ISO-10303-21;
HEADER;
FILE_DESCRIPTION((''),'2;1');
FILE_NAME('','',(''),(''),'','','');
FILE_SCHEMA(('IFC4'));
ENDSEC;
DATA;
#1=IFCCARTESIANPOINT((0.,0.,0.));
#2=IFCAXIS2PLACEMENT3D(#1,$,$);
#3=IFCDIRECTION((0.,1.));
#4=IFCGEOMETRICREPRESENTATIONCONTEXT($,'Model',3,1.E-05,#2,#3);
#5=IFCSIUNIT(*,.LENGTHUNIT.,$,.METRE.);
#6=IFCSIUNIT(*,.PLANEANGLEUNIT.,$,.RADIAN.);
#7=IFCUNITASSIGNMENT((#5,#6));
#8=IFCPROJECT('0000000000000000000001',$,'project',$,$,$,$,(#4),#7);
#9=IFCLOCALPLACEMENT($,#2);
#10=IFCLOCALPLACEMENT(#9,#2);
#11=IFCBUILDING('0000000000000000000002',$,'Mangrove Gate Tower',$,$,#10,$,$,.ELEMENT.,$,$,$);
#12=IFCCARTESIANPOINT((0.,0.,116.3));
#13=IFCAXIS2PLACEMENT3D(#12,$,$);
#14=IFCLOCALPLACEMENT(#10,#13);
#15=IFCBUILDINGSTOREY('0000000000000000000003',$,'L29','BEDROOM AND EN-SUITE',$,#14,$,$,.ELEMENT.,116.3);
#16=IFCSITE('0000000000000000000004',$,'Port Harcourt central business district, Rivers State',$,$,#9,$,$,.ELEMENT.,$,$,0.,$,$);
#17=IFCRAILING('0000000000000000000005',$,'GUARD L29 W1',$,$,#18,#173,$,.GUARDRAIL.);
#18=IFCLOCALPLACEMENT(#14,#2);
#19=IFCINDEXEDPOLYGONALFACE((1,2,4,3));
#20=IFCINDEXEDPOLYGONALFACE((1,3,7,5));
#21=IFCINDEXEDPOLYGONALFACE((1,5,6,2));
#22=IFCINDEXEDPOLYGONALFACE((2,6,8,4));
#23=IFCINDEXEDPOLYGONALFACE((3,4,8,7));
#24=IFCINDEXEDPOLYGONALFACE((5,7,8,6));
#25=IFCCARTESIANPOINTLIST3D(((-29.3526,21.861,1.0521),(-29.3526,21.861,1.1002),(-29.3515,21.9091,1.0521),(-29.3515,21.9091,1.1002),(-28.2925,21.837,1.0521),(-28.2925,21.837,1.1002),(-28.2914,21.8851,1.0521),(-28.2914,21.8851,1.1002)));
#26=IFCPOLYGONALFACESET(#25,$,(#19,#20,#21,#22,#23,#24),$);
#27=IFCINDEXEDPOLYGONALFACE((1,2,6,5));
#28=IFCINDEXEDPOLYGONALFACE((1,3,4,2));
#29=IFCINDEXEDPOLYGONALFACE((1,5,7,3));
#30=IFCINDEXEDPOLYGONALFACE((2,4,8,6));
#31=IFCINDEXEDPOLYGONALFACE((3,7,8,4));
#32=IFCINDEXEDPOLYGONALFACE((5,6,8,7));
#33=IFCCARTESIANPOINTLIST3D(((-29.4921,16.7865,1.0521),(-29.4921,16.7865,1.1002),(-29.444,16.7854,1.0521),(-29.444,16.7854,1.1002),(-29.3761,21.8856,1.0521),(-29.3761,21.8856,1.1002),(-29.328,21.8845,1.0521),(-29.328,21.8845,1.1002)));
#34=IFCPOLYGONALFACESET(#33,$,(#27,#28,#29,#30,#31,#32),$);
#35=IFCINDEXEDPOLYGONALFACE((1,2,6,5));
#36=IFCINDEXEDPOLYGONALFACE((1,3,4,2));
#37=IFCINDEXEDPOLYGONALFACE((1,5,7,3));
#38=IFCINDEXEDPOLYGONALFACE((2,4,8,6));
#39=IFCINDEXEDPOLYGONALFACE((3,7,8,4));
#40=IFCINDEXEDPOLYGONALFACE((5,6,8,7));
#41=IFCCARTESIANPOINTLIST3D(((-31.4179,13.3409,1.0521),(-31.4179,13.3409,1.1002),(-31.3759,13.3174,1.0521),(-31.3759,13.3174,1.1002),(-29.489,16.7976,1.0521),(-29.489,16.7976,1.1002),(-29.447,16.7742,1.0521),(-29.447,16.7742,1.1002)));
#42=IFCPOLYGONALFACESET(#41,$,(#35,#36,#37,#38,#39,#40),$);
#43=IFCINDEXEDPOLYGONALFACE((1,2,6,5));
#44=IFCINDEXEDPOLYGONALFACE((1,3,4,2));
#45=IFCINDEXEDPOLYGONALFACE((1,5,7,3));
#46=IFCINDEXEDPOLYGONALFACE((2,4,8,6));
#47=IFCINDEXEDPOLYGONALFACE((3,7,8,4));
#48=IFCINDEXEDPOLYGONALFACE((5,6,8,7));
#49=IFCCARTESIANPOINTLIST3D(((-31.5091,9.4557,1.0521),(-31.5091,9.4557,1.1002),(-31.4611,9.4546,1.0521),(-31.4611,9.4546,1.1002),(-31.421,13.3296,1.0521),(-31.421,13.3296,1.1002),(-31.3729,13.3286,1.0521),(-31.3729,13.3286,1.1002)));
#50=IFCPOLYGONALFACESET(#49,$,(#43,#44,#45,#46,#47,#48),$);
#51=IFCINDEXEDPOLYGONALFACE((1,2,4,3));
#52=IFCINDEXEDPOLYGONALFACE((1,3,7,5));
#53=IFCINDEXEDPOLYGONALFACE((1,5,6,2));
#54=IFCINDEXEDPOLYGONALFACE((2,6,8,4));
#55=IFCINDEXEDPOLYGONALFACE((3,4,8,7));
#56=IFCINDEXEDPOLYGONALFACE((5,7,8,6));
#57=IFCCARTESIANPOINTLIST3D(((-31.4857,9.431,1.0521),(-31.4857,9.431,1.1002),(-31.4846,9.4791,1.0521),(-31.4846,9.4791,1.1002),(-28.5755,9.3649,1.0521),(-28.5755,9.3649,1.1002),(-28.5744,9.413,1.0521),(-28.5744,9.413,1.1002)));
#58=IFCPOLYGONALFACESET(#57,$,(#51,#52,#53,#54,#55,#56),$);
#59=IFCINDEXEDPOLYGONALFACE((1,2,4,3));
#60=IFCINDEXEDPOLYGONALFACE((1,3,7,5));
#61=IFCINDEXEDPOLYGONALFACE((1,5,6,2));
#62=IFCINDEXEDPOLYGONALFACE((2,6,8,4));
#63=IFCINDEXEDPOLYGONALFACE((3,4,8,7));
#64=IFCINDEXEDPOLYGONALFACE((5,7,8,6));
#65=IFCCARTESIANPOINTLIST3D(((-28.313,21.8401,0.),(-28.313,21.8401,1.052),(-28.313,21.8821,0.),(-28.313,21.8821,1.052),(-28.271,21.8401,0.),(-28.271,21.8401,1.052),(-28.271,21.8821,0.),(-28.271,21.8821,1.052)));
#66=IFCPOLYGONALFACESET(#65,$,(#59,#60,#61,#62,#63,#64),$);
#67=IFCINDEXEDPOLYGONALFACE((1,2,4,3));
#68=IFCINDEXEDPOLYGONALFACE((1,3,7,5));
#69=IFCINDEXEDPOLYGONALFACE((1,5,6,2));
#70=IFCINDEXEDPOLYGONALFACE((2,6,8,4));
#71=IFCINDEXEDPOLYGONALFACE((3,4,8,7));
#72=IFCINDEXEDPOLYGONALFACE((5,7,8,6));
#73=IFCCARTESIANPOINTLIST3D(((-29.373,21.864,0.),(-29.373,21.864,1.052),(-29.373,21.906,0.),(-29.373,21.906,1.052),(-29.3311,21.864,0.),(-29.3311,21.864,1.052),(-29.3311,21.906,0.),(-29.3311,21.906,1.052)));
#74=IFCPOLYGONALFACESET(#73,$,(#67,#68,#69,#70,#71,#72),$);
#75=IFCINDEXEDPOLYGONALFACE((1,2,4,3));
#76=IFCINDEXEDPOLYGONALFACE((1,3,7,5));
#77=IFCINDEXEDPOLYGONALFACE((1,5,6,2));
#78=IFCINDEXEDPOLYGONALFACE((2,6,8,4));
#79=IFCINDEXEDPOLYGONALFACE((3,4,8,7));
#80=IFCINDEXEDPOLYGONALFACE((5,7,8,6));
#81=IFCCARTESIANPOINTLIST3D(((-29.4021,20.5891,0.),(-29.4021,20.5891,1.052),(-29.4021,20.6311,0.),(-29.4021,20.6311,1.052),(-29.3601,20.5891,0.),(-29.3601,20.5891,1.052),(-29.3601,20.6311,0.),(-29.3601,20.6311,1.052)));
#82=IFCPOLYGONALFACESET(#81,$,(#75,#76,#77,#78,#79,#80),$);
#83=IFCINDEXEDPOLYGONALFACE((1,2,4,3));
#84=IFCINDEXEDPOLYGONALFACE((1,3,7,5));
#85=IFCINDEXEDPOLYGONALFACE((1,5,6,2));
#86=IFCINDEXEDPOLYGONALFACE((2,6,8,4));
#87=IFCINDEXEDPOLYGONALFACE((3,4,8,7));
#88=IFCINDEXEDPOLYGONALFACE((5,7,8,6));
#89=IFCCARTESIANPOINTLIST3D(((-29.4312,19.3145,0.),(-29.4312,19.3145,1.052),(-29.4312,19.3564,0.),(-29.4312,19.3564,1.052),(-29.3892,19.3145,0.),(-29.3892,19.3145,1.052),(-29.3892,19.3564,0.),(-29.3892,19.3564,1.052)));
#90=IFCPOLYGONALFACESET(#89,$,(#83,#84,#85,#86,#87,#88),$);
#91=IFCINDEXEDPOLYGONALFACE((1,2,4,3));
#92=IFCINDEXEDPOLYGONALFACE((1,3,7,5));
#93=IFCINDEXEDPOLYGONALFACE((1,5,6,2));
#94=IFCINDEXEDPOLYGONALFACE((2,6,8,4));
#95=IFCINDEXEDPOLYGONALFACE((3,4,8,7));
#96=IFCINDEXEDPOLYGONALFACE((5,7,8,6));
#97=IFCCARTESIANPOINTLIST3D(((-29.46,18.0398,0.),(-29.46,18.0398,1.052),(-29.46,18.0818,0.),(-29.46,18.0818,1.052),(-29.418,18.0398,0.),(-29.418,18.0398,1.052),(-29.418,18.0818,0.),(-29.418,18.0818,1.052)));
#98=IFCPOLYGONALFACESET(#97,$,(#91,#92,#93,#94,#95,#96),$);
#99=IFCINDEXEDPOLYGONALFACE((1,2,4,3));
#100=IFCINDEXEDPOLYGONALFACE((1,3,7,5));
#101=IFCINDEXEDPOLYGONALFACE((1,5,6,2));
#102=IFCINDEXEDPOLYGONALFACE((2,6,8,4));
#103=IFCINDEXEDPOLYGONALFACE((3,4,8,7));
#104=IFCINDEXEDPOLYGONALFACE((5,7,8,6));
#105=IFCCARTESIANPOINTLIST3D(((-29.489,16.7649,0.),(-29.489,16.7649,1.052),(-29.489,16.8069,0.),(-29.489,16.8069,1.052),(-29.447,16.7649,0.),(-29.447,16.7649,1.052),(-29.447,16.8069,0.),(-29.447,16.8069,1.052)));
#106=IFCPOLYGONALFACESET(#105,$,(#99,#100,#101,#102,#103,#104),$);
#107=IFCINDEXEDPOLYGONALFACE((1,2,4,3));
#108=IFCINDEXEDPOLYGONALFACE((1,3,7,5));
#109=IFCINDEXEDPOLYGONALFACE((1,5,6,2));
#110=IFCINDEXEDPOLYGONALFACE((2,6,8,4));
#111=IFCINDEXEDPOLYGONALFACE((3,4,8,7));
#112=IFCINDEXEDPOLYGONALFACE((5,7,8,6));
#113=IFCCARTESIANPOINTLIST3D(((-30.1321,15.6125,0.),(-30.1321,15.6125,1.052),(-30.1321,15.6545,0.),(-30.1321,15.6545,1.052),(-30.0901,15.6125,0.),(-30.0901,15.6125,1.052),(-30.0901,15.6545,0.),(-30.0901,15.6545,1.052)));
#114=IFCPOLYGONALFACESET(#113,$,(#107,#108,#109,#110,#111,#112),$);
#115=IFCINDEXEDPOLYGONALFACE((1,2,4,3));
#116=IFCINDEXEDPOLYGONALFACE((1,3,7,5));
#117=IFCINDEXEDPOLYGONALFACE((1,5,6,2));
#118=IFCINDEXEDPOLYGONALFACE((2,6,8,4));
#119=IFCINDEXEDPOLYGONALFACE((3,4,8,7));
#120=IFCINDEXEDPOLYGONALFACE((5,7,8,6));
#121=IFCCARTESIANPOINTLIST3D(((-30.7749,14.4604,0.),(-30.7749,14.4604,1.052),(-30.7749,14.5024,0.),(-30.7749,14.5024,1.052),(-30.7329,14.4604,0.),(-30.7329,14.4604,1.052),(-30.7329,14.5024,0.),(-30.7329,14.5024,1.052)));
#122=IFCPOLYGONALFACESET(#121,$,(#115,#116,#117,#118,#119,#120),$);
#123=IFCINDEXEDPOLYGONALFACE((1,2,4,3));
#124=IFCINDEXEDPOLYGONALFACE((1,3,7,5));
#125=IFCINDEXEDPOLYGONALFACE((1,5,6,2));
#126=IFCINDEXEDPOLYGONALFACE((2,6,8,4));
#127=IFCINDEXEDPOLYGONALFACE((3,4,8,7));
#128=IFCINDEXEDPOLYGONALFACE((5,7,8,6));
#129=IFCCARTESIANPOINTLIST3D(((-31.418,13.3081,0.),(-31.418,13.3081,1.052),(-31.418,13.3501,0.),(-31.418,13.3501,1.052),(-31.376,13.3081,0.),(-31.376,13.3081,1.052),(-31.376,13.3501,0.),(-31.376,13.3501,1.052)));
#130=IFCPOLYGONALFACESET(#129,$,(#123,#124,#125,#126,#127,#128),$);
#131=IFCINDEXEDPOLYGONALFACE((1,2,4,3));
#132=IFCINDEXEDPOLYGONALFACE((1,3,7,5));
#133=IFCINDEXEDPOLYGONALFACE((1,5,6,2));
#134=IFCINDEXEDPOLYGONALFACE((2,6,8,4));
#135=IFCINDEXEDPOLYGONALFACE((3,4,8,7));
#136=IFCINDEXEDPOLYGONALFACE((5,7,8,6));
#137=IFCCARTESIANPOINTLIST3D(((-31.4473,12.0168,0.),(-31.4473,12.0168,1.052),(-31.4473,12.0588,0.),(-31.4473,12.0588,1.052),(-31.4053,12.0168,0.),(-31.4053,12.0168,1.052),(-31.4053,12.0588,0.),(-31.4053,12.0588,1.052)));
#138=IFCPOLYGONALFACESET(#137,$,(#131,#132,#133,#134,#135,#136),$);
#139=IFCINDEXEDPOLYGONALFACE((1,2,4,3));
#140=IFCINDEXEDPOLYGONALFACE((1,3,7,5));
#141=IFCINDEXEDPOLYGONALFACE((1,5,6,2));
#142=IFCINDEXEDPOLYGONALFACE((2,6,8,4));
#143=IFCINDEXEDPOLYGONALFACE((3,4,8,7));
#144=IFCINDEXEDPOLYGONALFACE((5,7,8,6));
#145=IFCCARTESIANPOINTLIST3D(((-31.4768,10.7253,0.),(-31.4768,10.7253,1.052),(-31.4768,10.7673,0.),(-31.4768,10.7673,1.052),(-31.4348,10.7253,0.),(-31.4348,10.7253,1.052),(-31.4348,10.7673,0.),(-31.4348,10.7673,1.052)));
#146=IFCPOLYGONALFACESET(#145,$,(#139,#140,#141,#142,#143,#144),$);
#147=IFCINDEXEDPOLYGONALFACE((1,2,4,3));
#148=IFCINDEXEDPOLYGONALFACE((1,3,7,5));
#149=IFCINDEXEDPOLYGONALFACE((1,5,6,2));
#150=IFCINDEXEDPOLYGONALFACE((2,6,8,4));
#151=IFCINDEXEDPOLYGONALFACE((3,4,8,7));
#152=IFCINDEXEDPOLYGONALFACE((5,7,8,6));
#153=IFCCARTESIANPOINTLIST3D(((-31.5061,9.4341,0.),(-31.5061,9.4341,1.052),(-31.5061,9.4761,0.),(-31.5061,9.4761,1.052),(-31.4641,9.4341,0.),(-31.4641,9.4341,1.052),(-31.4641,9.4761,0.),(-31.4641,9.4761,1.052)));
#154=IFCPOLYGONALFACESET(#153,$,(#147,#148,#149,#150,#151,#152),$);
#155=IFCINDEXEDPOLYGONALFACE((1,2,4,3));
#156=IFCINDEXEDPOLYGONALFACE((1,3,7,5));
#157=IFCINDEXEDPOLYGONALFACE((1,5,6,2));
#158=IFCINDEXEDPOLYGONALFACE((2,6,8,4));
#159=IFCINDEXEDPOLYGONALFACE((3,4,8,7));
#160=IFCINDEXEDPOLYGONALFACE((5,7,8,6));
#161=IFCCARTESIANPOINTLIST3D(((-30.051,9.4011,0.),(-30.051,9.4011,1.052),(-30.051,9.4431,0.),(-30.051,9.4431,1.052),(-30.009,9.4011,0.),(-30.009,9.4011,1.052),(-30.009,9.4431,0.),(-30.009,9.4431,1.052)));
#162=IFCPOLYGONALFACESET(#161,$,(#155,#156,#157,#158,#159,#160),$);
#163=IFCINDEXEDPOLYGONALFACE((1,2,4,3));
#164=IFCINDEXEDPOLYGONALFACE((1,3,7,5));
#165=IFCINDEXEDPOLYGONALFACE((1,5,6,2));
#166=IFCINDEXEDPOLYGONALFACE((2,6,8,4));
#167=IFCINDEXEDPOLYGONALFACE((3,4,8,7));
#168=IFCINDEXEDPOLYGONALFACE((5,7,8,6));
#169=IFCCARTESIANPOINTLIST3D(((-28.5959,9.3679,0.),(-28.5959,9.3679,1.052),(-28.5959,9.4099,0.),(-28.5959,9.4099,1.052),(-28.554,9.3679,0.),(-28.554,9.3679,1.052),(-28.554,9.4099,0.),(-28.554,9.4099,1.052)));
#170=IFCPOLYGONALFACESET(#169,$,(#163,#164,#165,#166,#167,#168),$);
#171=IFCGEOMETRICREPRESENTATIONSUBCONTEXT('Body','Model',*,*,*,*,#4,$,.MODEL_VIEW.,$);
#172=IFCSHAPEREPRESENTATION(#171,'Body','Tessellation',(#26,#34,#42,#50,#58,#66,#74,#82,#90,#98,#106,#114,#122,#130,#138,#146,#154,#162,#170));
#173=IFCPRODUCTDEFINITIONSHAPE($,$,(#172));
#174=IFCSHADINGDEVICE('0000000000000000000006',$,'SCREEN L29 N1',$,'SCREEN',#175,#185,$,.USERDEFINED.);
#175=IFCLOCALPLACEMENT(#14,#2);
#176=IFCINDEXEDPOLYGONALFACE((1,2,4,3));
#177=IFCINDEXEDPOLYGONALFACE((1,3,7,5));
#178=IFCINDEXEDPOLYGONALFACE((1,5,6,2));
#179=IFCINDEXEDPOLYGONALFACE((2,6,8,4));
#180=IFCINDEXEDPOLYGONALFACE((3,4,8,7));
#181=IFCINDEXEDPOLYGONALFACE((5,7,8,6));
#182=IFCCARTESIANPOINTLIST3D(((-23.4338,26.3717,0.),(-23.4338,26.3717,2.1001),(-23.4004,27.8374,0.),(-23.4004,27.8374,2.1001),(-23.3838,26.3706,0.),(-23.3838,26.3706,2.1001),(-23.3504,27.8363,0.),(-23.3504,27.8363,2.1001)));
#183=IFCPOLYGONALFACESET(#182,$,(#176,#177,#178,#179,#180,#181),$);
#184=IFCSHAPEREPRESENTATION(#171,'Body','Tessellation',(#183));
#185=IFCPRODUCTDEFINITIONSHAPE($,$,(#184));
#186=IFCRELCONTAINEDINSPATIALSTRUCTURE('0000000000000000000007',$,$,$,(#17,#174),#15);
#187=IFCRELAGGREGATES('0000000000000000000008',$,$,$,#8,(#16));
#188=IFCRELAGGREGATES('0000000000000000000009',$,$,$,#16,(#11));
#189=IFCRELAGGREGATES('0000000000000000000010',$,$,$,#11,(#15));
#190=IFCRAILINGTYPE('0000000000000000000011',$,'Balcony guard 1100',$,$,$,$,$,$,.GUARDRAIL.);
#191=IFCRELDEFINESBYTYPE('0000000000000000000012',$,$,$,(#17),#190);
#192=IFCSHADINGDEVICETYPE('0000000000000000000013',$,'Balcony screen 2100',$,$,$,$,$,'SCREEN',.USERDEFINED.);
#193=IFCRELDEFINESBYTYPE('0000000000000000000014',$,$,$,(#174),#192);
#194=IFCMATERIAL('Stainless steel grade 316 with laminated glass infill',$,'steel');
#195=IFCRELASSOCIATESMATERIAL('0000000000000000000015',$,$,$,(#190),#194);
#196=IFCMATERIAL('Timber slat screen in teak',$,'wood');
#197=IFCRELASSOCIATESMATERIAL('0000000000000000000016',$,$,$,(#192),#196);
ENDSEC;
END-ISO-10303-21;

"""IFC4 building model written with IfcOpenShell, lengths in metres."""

from ifc_helpers import new_model, si_unit, direction, frame, origin, origin_2d, place, context, subcontext, project, spatial, rectangle, extrude, material, type_object, element, save


model = new_model("IFC4")

# Units and contexts
model_context = context("Model", 3, precision=1e-05, world=origin(), true_north=direction((0.0, 1.0)))
body_context = subcontext(model_context, "Body", "Model", "MODEL_VIEW")
ifc_project = project(units=[si_unit("LENGTHUNIT", "METRE"), si_unit("PLANEANGLEUNIT", "RADIAN")], contexts=[model_context])

# Site, building, storey
site_placement = place(None, origin())
site = spatial("IfcSite", under=ifc_project, at=site_placement, Name="Port Harcourt central business district, Rivers State", CompositionType="ELEMENT", RefElevation=0.0)
building_placement = place(site_placement, origin())
building = spatial("IfcBuilding", under=site, at=building_placement, Name="Mangrove Gate Tower", CompositionType="ELEMENT")
storey_placement = place(building_placement, frame((0.0, 0.0, 116.3)))
storey = spatial("IfcBuildingStorey", under=building, at=storey_placement, Name="L29", Description="BEDROOM AND EN-SUITE", CompositionType="ELEMENT", Elevation=116.3)

# Railing
ifc_material_1 = material(Name="Stainless steel grade 316 with laminated glass infill", Category="steel")
railing_type = type_object("IfcRailingType", Name="Balcony guard 1100", PredefinedType="GUARDRAIL", material=ifc_material_1)
railing_placement = place(storey_placement, frame((-28.292, 21.8611, 0.0)))
element("IfcRailing", 1, at=railing_placement, inside=storey, type_object=railing_type, Name="GUARD L29 W1", PredefinedType="GUARDRAIL", context=body_context, shape_type="SweptSolid", body=[
    extrude(rectangle(XDim=0.0481, YDim=0.0481, at=origin_2d()), frame((0.0, 0.0, 1.0762), z_axis=(-0.999745, 0.022564, 0.0), x_axis=(-0.022564, -0.999745, 0.0)), (0.0, 0.0, 1.0), 1.0603),
    extrude(rectangle(XDim=0.0481, YDim=0.0481, at=origin_2d()), frame((-1.0601, 0.0239, 1.0762), z_axis=(-0.022737, -0.999741, 0.0), x_axis=(0.999741, -0.022737, 0.0)), (0.0, 0.0, 1.0), 5.1003),
    extrude(rectangle(XDim=0.0481, YDim=0.0481, at=origin_2d()), frame((-1.176, -5.0752, 1.0762), z_axis=(-0.487286, -0.873242, 0.0), x_axis=(0.873242, -0.487286, 0.0)), (0.0, 0.0, 1.0), 3.9585),
    extrude(rectangle(XDim=0.0481, YDim=0.0481, at=origin_2d()), frame((-3.105, -8.532, 1.0762), z_axis=(-0.022744, -0.999741, 0.0), x_axis=(0.999741, -0.022744, 0.0)), (0.0, 0.0, 1.0), 3.875),
    extrude(rectangle(XDim=0.0481, YDim=0.0481, at=origin_2d()), frame((-3.1931, -12.406, 1.0762), z_axis=(0.999742, -0.022729, 0.0), x_axis=(0.022729, 0.999742, 0.0)), (0.0, 0.0, 1.0), 2.9109),
    extrude(rectangle(XDim=0.042, YDim=0.042, at=origin_2d()), origin(), (0.0, 0.0, 1.0), 1.052),
    extrude(rectangle(XDim=0.042, YDim=0.042, at=origin_2d()), frame((-1.0601, 0.0239, 0.0)), (0.0, 0.0, 1.0), 1.052),
    extrude(rectangle(XDim=0.042, YDim=0.042, at=origin_2d()), frame((-1.0891, -1.251, 0.0)), (0.0, 0.0, 1.0), 1.052),
    extrude(rectangle(XDim=0.042, YDim=0.042, at=origin_2d()), frame((-1.1182, -2.5256, 0.0)), (0.0, 0.0, 1.0), 1.052),
    extrude(rectangle(XDim=0.042, YDim=0.042, at=origin_2d()), frame((-1.147, -3.8003, 0.0)), (0.0, 0.0, 1.0), 1.052),
    extrude(rectangle(XDim=0.042, YDim=0.042, at=origin_2d()), frame((-1.176, -5.0752, 0.0)), (0.0, 0.0, 1.0), 1.052),
    extrude(rectangle(XDim=0.042, YDim=0.042, at=origin_2d()), frame((-1.8191, -6.2275, 0.0)), (0.0, 0.0, 1.0), 1.052),
    extrude(rectangle(XDim=0.042, YDim=0.042, at=origin_2d()), frame((-2.4619, -7.3796, 0.0)), (0.0, 0.0, 1.0), 1.052),
    extrude(rectangle(XDim=0.042, YDim=0.042, at=origin_2d()), frame((-3.105, -8.532, 0.0)), (0.0, 0.0, 1.0), 1.052),
    extrude(rectangle(XDim=0.042, YDim=0.042, at=origin_2d()), frame((-3.1343, -9.8232, 0.0)), (0.0, 0.0, 1.0), 1.052),
    extrude(rectangle(XDim=0.042, YDim=0.042, at=origin_2d()), frame((-3.1638, -11.1147, 0.0)), (0.0, 0.0, 1.0), 1.052),
    extrude(rectangle(XDim=0.042, YDim=0.042, at=origin_2d()), frame((-3.1931, -12.406, 0.0)), (0.0, 0.0, 1.0), 1.052),
    extrude(rectangle(XDim=0.042, YDim=0.042, at=origin_2d()), frame((-1.738, -12.439, 0.0)), (0.0, 0.0, 1.0), 1.052),
    extrude(rectangle(XDim=0.042, YDim=0.042, at=origin_2d()), frame((-0.283, -12.4722, 0.0)), (0.0, 0.0, 1.0), 1.052),
])

# Shading device
ifc_material_2 = material(Name="Timber slat screen in teak", Category="wood")
shading_device_type = type_object("IfcShadingDeviceType", Name="Balcony screen 2100", ElementType="SCREEN", PredefinedType="USERDEFINED", material=ifc_material_2)
shading_device_placement = place(storey_placement, frame((-23.3921, 27.104, 0.0), z_axis=(0.0, 0.0, 1.0), x_axis=(0.022809, 0.99974, 0.0)))
element("IfcShadingDevice", 2, at=shading_device_placement, inside=storey, type_object=shading_device_type, Name="SCREEN L29 N1", ObjectType="SCREEN", PredefinedType="USERDEFINED", context=body_context, shape_type="SweptSolid", body=[
    extrude(rectangle(XDim=1.4661, YDim=0.05, at=origin_2d()), origin(), (0.0, 0.0, 1.0), 2.1001),
])

save(model, "model.ifc")
